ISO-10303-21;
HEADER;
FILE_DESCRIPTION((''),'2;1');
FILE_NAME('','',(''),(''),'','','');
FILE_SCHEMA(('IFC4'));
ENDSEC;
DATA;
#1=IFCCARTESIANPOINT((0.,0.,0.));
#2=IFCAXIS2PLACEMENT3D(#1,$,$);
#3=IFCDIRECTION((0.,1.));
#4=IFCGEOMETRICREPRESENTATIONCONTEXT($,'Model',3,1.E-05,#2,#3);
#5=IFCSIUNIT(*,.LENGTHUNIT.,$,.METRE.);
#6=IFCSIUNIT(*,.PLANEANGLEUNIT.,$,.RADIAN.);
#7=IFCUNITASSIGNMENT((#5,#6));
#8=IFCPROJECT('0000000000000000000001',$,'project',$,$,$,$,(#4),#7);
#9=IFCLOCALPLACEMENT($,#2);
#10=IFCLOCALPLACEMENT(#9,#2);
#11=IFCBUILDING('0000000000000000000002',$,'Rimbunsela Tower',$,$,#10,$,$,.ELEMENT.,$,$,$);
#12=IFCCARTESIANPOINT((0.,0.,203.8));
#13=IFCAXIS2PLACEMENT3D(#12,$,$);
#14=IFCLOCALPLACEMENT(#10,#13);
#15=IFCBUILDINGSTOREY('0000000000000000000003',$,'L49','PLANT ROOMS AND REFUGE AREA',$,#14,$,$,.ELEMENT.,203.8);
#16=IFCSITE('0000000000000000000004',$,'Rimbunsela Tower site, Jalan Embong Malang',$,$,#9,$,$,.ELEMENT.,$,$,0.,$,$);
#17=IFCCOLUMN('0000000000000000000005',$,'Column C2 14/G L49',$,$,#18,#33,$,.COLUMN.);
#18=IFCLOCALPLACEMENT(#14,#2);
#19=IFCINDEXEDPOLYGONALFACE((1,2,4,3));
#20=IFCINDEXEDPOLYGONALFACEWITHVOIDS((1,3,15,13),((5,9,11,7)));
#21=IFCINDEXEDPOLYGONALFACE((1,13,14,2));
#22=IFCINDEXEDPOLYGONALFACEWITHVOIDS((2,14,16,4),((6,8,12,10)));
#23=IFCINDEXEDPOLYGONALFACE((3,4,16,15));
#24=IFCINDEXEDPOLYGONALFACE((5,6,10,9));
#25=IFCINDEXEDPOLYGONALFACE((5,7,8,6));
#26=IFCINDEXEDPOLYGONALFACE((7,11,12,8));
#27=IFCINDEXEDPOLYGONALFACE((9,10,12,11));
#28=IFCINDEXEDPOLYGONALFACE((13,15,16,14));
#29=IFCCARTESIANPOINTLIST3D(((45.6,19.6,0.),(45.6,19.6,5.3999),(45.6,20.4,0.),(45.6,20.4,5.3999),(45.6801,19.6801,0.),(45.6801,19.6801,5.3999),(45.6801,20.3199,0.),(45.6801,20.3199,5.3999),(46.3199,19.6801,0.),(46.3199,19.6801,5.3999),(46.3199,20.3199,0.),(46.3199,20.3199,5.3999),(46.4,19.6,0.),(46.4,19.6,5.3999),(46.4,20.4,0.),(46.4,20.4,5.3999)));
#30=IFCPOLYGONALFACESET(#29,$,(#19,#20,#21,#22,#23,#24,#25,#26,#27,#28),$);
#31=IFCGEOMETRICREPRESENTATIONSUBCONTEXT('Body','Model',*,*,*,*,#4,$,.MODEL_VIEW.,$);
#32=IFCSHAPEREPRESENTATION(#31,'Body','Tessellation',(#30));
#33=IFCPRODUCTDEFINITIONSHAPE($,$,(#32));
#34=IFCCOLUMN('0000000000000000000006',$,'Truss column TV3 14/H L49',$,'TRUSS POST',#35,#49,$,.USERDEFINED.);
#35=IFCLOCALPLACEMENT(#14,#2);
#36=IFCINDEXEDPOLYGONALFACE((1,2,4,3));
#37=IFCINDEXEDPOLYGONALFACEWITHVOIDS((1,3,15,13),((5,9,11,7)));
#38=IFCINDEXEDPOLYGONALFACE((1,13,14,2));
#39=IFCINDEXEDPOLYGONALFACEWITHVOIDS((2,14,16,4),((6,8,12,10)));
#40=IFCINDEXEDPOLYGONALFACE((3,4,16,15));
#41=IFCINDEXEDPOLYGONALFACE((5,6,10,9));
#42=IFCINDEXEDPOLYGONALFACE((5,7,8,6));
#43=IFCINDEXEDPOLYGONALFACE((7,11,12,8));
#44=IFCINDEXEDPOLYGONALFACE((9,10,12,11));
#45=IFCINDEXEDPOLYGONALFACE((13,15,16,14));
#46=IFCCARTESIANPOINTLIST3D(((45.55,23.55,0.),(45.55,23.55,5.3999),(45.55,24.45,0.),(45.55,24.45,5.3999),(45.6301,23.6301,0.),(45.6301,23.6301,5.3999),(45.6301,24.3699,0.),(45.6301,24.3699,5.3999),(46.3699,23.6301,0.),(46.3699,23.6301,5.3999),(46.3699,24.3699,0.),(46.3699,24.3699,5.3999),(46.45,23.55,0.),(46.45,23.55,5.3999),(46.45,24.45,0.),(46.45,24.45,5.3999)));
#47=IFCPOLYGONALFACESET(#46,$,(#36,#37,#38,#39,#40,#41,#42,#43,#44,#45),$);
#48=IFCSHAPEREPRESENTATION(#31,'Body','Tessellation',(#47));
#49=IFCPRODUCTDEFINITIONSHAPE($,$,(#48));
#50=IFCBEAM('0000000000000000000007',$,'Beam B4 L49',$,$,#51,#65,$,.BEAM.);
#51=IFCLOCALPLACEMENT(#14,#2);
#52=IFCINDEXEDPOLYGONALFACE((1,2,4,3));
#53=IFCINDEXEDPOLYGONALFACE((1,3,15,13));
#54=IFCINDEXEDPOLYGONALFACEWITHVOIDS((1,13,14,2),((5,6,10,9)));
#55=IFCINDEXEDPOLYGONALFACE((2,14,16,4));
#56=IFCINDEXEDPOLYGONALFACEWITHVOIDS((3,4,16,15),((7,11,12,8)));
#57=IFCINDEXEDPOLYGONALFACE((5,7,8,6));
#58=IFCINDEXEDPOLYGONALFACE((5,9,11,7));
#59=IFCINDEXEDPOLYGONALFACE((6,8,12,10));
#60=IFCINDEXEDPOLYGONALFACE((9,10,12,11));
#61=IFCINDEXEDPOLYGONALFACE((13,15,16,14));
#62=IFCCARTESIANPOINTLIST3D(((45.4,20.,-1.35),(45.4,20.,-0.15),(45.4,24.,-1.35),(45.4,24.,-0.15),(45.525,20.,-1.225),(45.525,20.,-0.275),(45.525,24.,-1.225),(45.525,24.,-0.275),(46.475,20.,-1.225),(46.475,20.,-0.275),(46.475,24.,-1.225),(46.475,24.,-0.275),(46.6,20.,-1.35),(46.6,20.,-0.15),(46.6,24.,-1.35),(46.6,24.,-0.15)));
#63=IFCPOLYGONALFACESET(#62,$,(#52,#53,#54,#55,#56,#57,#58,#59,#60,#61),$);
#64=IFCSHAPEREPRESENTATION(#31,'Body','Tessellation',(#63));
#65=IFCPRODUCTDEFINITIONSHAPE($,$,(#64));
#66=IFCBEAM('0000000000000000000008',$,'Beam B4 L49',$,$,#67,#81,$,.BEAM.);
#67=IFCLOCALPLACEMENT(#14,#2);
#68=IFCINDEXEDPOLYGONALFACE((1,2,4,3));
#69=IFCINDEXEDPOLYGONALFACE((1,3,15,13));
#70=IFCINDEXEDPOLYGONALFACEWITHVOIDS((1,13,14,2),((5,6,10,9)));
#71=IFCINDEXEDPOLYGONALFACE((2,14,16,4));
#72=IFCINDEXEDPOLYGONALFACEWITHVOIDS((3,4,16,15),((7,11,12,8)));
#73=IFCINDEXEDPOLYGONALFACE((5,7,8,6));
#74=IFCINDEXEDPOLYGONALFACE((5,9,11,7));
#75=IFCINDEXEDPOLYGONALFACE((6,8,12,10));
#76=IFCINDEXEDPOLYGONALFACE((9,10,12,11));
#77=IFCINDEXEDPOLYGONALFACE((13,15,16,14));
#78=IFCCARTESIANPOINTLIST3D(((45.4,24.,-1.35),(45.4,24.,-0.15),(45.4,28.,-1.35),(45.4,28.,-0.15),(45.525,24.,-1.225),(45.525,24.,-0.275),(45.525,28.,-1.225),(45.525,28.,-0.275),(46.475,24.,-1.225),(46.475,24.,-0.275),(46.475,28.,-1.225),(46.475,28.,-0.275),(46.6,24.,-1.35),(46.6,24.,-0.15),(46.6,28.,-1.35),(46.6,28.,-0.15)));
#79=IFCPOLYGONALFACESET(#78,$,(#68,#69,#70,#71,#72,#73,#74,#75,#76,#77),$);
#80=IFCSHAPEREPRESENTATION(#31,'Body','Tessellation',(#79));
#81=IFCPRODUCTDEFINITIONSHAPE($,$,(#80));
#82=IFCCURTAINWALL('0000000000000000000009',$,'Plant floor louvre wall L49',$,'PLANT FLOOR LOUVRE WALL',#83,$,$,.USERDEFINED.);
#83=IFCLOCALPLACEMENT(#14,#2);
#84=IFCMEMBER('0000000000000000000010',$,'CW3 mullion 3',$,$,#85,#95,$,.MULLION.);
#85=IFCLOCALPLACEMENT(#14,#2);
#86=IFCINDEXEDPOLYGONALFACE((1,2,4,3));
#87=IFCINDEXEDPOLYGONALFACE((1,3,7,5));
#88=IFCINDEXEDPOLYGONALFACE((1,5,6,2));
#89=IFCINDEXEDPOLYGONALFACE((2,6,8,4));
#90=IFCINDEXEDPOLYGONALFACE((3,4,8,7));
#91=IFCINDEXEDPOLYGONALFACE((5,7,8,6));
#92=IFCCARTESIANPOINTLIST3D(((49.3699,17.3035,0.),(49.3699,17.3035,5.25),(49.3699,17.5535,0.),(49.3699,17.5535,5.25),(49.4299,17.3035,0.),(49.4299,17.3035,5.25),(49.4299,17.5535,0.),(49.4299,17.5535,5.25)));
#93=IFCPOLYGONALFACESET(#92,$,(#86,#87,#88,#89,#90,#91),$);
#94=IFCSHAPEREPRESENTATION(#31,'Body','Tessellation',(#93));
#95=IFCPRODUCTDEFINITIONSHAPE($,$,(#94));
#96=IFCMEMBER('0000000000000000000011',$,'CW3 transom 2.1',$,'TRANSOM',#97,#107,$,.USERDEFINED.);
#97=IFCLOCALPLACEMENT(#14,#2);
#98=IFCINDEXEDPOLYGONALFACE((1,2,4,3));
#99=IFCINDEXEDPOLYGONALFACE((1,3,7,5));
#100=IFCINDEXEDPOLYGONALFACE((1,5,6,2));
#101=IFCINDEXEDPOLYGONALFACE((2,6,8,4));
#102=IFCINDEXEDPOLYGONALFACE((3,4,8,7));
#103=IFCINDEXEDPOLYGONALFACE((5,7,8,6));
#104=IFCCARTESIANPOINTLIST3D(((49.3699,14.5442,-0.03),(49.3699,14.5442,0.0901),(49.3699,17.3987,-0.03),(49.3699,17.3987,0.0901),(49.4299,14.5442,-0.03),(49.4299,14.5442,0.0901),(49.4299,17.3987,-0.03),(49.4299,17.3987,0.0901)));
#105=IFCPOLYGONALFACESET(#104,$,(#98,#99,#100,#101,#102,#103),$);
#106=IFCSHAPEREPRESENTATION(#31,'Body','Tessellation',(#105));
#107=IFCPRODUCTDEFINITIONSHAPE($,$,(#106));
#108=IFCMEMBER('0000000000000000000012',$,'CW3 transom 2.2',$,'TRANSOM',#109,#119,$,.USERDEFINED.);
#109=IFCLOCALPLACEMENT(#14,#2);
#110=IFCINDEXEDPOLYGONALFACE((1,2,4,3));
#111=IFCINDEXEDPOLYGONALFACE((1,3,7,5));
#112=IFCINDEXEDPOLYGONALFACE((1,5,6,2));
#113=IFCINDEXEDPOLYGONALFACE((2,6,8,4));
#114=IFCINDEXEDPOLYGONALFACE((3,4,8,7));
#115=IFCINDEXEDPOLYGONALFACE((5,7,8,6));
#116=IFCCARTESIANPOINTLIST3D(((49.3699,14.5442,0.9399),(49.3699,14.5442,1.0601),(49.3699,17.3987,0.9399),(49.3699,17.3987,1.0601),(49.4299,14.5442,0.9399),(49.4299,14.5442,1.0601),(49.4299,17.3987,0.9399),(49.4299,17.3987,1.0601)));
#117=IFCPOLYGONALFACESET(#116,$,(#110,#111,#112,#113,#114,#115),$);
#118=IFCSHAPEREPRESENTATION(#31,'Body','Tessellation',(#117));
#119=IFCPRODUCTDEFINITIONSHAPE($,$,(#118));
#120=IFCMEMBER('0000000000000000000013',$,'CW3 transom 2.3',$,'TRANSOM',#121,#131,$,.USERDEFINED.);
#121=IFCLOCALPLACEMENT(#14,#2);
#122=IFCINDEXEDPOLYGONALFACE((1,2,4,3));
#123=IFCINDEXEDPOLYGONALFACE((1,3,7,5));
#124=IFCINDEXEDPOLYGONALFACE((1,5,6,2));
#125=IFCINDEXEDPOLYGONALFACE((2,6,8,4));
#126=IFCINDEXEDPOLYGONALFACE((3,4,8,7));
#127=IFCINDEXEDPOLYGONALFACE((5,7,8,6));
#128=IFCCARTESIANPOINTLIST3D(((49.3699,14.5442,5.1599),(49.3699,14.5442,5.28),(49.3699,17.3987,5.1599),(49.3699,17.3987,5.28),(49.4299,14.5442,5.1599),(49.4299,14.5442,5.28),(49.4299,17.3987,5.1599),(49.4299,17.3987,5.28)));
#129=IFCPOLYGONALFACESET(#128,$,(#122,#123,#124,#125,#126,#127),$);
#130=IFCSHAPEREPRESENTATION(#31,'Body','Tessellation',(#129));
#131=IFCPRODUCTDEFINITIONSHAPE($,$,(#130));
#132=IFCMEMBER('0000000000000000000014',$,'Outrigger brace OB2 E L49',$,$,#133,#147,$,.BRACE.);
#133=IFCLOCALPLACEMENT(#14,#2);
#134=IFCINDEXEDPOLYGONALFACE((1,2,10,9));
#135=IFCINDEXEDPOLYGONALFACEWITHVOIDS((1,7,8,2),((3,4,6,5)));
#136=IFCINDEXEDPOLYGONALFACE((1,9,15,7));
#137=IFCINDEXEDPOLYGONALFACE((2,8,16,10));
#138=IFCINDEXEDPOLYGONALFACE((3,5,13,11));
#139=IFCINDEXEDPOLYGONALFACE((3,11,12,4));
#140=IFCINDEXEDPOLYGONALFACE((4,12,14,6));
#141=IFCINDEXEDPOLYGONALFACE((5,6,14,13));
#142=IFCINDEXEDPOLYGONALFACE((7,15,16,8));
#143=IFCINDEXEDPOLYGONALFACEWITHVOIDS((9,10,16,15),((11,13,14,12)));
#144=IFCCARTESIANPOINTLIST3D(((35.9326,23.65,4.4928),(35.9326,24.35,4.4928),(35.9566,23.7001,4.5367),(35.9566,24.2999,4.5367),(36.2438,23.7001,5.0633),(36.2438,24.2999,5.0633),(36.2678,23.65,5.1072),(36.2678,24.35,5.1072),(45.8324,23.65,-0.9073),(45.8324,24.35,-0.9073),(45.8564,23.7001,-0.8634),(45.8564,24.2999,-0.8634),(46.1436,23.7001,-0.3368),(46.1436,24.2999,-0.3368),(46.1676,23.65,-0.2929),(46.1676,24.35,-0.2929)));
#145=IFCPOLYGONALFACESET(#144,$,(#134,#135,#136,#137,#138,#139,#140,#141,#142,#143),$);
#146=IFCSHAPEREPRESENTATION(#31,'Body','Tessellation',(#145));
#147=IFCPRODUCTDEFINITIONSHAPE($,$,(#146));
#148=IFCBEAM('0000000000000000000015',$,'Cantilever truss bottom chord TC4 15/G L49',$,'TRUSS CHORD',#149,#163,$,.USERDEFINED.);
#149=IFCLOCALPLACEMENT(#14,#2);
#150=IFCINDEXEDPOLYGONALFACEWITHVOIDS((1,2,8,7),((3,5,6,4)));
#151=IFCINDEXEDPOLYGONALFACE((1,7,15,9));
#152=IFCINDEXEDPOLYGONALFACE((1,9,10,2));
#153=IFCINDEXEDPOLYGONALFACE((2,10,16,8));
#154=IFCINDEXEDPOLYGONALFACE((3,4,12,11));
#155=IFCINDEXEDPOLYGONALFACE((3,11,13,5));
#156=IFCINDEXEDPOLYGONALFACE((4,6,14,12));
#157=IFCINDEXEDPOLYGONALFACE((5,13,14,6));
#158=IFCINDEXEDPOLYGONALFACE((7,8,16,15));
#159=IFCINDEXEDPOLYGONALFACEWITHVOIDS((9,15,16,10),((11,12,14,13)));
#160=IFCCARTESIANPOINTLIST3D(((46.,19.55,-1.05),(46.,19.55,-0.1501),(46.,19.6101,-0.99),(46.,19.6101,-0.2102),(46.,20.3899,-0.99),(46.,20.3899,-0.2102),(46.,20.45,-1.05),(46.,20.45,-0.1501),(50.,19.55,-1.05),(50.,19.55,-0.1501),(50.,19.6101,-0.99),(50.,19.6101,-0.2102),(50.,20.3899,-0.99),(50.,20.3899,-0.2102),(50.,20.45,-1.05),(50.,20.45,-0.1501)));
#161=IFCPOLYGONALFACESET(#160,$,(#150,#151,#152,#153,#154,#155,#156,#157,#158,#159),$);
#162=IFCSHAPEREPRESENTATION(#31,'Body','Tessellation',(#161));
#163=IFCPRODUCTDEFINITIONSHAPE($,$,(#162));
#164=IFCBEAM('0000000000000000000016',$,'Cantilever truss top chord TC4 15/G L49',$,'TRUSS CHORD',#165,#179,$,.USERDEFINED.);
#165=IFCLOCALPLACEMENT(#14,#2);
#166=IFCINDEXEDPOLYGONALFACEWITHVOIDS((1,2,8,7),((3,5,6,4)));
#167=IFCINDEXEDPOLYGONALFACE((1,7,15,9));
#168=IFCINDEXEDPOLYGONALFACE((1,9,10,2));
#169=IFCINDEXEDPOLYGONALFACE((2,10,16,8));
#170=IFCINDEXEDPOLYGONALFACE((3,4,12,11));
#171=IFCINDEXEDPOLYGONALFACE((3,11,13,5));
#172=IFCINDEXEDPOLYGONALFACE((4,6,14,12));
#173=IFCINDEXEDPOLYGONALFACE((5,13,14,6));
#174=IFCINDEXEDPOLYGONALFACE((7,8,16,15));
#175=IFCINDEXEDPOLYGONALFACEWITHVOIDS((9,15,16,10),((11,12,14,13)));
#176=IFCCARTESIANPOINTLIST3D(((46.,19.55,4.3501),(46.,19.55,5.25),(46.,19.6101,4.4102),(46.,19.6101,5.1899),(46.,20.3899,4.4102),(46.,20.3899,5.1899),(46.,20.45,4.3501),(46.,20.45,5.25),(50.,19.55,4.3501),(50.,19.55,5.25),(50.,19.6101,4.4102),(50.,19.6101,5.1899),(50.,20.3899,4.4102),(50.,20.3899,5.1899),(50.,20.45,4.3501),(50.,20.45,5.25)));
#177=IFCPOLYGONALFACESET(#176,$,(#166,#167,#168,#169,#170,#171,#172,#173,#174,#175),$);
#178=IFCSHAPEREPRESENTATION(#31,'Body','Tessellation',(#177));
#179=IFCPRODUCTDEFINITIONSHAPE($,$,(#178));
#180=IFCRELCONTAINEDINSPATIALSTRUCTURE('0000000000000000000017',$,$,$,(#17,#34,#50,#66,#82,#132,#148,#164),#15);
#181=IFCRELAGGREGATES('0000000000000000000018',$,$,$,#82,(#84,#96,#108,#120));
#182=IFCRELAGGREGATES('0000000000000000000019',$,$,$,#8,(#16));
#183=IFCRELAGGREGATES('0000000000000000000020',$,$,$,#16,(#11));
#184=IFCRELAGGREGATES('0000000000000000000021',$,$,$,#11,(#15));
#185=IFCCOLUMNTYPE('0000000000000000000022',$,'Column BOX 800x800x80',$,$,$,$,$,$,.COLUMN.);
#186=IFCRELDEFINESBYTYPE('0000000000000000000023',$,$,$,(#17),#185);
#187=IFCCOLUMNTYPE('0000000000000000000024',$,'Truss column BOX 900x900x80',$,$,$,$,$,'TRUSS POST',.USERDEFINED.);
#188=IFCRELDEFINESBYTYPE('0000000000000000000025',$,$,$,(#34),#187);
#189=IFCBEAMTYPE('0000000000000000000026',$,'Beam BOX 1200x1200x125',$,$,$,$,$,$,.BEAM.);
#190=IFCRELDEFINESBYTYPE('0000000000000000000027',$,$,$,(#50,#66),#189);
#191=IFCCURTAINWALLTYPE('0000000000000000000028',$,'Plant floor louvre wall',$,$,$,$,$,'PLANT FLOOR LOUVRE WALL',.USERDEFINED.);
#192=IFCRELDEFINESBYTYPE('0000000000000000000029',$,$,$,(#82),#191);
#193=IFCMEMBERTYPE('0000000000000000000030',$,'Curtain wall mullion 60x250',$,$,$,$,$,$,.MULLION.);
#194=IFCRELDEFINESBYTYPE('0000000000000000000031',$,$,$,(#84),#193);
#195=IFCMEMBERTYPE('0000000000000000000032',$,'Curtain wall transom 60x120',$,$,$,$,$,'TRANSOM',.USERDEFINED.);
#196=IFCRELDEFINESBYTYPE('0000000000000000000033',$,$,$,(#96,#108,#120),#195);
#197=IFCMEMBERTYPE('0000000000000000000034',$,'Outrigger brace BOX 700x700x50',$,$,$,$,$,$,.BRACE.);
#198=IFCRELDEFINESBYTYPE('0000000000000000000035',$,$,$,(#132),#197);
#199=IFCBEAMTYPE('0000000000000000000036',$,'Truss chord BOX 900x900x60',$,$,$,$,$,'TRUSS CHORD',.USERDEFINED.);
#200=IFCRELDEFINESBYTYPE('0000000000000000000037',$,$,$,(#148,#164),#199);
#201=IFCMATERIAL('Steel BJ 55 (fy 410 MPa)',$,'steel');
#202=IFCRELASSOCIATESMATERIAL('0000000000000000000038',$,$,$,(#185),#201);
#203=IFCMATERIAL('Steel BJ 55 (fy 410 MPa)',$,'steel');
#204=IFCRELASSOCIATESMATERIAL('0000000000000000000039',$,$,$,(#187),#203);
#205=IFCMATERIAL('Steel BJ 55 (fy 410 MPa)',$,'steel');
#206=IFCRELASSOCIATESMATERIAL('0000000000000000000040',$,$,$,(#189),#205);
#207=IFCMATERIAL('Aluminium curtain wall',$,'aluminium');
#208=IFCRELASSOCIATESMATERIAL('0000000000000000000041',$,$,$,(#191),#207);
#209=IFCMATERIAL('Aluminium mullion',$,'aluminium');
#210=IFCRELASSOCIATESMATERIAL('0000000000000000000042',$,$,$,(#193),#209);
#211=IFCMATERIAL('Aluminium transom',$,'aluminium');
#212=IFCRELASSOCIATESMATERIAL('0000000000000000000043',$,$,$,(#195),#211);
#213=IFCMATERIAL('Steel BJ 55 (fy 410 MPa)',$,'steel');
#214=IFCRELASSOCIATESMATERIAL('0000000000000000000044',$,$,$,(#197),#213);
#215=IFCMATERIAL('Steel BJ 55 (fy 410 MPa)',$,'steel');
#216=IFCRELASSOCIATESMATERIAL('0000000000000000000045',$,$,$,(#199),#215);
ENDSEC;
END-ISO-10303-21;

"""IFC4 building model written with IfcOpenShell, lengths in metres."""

from ifc_helpers import new_model, si_unit, direction, frame, origin, origin_2d, place, context, subcontext, project, spatial, rectangle, hollow_rectangle, extrude, material, material_profile, profile_set, type_object, element, aggregate, save


model = new_model("IFC4")

# Units and contexts
model_context = context("Model", 3, precision=1e-05, world=origin(), true_north=direction((0.0, 1.0)))
body_context = subcontext(model_context, "Body", "Model", "MODEL_VIEW")
ifc_project = project(units=[si_unit("LENGTHUNIT", "METRE"), si_unit("PLANEANGLEUNIT", "RADIAN")], contexts=[model_context])

# Site, building, storey
site_placement = place(None, origin())
site = spatial("IfcSite", under=ifc_project, at=site_placement, Name="Rimbunsela Tower site, Jalan Embong Malang", CompositionType="ELEMENT", RefElevation=0.0)
building_placement = place(site_placement, origin())
building = spatial("IfcBuilding", under=site, at=building_placement, Name="Rimbunsela Tower", CompositionType="ELEMENT")
storey_placement = place(building_placement, frame((0.0, 0.0, 203.8)))
storey = spatial("IfcBuildingStorey", under=building, at=storey_placement, Name="L49", Description="PLANT ROOMS AND REFUGE AREA", CompositionType="ELEMENT", Elevation=203.8)

# Columns
ifc_material_1 = material(Name="Steel BJ 55 (fy 410 MPa)", Category="steel")
ifc_material_profile_1 = material_profile(ifc_material_1, hollow_rectangle(XDim=0.8, YDim=0.8, WallThickness=0.0801, at=origin_2d()), Name="BOX 800x800x80")
ifc_profile_set_1 = profile_set([ifc_material_profile_1], Name="Steel BJ 55 (fy 410 MPa)")
column_type_1 = type_object("IfcColumnType", Name="Column BOX 800x800x80", PredefinedType="COLUMN", material=ifc_profile_set_1)
column_1_placement = place(storey_placement, frame((46.0, 20.0, 0.0), z_axis=(0.0, 0.0, 1.0), x_axis=(1.0, 0.0, 0.0)))
element("IfcColumn", 1, at=column_1_placement, inside=storey, type_object=column_type_1, Name="Column C2 14/G L49", PredefinedType="COLUMN", context=body_context, shape_type="SweptSolid", body=[
    extrude(hollow_rectangle(XDim=0.8, YDim=0.8, WallThickness=0.0801, at=origin_2d()), origin(), (0.0, 0.0, 1.0), 5.3999),
])
ifc_material_2 = material(Name="Steel BJ 55 (fy 410 MPa)", Category="steel")
ifc_material_profile_2 = material_profile(ifc_material_2, hollow_rectangle(XDim=0.8999, YDim=0.8999, WallThickness=0.0801, at=origin_2d()), Name="BOX 900x900x80")
ifc_profile_set_2 = profile_set([ifc_material_profile_2], Name="Steel BJ 55 (fy 410 MPa)")
column_type_2 = type_object("IfcColumnType", Name="Truss column BOX 900x900x80", ElementType="TRUSS POST", PredefinedType="USERDEFINED", material=ifc_profile_set_2)
column_2_placement = place(storey_placement, frame((46.0, 24.0, 0.0), z_axis=(0.0, 0.0, 1.0), x_axis=(1.0, 0.0, 0.0)))
element("IfcColumn", 2, at=column_2_placement, inside=storey, type_object=column_type_2, Name="Truss column TV3 14/H L49", ObjectType="TRUSS POST", PredefinedType="USERDEFINED", context=body_context, shape_type="SweptSolid", body=[
    extrude(hollow_rectangle(XDim=0.8999, YDim=0.8999, WallThickness=0.0801, at=origin_2d()), origin(), (0.0, 0.0, 1.0), 5.3999),
])

# Beams
ifc_material_3 = material(Name="Steel BJ 55 (fy 410 MPa)", Category="steel")
ifc_material_profile_3 = material_profile(ifc_material_3, hollow_rectangle(XDim=1.2, YDim=1.2, WallThickness=0.125, at=origin_2d()), Name="BOX 1200x1200x125")
ifc_profile_set_3 = profile_set([ifc_material_profile_3], Name="Steel BJ 55 (fy 410 MPa)")
beam_type_1 = type_object("IfcBeamType", Name="Beam BOX 1200x1200x125", PredefinedType="BEAM", material=ifc_profile_set_3)
for number, where, z_axis, x_axis, name in (
    (3, (46.0, 20.0, -0.75), (0.0, 1.0, 0.0), (-1.0, 0.0, 0.0), "Beam B4 L49"),
    (4, (46.0, 24.0, -0.75), (0.0, 1.0, 0.0), (-1.0, 0.0, 0.0), "Beam B4 L49"),
):
    element("IfcBeam", number, at=place(storey_placement, frame(where, z_axis=z_axis, x_axis=x_axis)), inside=storey, type_object=beam_type_1, Name=name, PredefinedType="BEAM", context=body_context, shape_type="SweptSolid", body=[
        extrude(hollow_rectangle(XDim=1.2, YDim=1.2, WallThickness=0.125, at=origin_2d()), origin(), (0.0, 0.0, 1.0), 4.0),
    ])

# Curtain wall, members
ifc_material_4 = material(Name="Aluminium curtain wall", Category="aluminium")
curtain_wall_type = type_object("IfcCurtainWallType", Name="Plant floor louvre wall", ElementType="PLANT FLOOR LOUVRE WALL", PredefinedType="USERDEFINED", material=ifc_material_4)
curtain_wall_placement = place(storey_placement, origin())
curtain_wall = element("IfcCurtainWall", 5, at=curtain_wall_placement, inside=storey, type_object=curtain_wall_type, Name="Plant floor louvre wall L49", ObjectType="PLANT FLOOR LOUVRE WALL", PredefinedType="USERDEFINED")
ifc_material_5 = material(Name="Aluminium mullion", Category="aluminium")
ifc_material_profile_4 = material_profile(ifc_material_5, rectangle(XDim=0.0601, YDim=0.25, at=origin_2d()), Name="Mullion 60x250")
ifc_profile_set_4 = profile_set([ifc_material_profile_4], Name="Aluminium mullion")
member_type_1 = type_object("IfcMemberType", Name="Curtain wall mullion 60x250", PredefinedType="MULLION", material=ifc_profile_set_4)
member_1_placement = place(storey_placement, frame((49.3999, 17.4285, 0.0), z_axis=(0.0, 0.0, 1.0), x_axis=(-1.0, 0.0, 0.0)))
member_1 = element("IfcMember", 6, at=member_1_placement, type_object=member_type_1, Name="CW3 mullion 3", PredefinedType="MULLION", context=body_context, shape_type="SweptSolid", body=[
    extrude(rectangle(XDim=0.0601, YDim=0.25, at=origin_2d()), origin(), (0.0, 0.0, 1.0), 5.25),
])
ifc_material_6 = material(Name="Aluminium transom", Category="aluminium")
ifc_material_profile_5 = material_profile(ifc_material_6, rectangle(XDim=0.0601, YDim=0.1201, at=origin_2d()), Name="Transom 60x120")
ifc_profile_set_5 = profile_set([ifc_material_profile_5], Name="Aluminium transom")
member_type_2 = type_object("IfcMemberType", Name="Curtain wall transom 60x120", ElementType="TRANSOM", PredefinedType="USERDEFINED", material=ifc_profile_set_5)
member_2_placement = place(storey_placement, frame((49.3999, 14.5442, 0.03), z_axis=(0.0, 1.0, 0.0), x_axis=(-1.0, 0.0, 0.0)))
member_2 = element("IfcMember", 7, at=member_2_placement, type_object=member_type_2, Name="CW3 transom 2.1", ObjectType="TRANSOM", PredefinedType="USERDEFINED", context=body_context, shape_type="SweptSolid", body=[
    extrude(rectangle(XDim=0.0601, YDim=0.1201, at=origin_2d()), origin(), (0.0, 0.0, 1.0), 2.8545),
])
member_3_placement = place(storey_placement, frame((49.3999, 14.5442, 1.0), z_axis=(0.0, 1.0, 0.0), x_axis=(-1.0, 0.0, 0.0)))
member_3 = element("IfcMember", 8, at=member_3_placement, type_object=member_type_2, Name="CW3 transom 2.2", ObjectType="TRANSOM", PredefinedType="USERDEFINED", context=body_context, shape_type="SweptSolid", body=[
    extrude(rectangle(XDim=0.0601, YDim=0.1201, at=origin_2d()), origin(), (0.0, 0.0, 1.0), 2.8545),
])
member_4_placement = place(storey_placement, frame((49.3999, 14.5442, 5.22), z_axis=(0.0, 1.0, 0.0), x_axis=(-1.0, 0.0, 0.0)))
member_4 = element("IfcMember", 9, at=member_4_placement, type_object=member_type_2, Name="CW3 transom 2.3", ObjectType="TRANSOM", PredefinedType="USERDEFINED", context=body_context, shape_type="SweptSolid", body=[
    extrude(rectangle(XDim=0.0601, YDim=0.1201, at=origin_2d()), origin(), (0.0, 0.0, 1.0), 2.8545),
])

# Member
ifc_material_7 = material(Name="Steel BJ 55 (fy 410 MPa)", Category="steel")
ifc_material_profile_6 = material_profile(ifc_material_7, hollow_rectangle(XDim=0.7, YDim=0.7, WallThickness=0.05, at=origin_2d()), Name="BOX 700x700x50")
ifc_profile_set_6 = profile_set([ifc_material_profile_6], Name="Steel BJ 55 (fy 410 MPa)")
member_type_3 = type_object("IfcMemberType", Name="Outrigger brace BOX 700x700x50", PredefinedType="BRACE", material=ifc_profile_set_6)
member_5_placement = place(storey_placement, frame((46.0, 24.0, -0.6001), z_axis=(-0.877888, 0.0, 0.478866), x_axis=(0.0, -1.0, 0.0)))
element("IfcMember", 10, at=member_5_placement, inside=storey, type_object=member_type_3, Name="Outrigger brace OB2 E L49", PredefinedType="BRACE", context=body_context, shape_type="SweptSolid", body=[
    extrude(hollow_rectangle(XDim=0.7, YDim=0.7, WallThickness=0.05, at=origin_2d()), origin(), (0.0, 0.0, 1.0), 11.2769),
])

# Beams
ifc_material_8 = material(Name="Steel BJ 55 (fy 410 MPa)", Category="steel")
ifc_material_profile_7 = material_profile(ifc_material_8, hollow_rectangle(XDim=0.8999, YDim=0.8999, WallThickness=0.0601, at=origin_2d()), Name="BOX 900x900x60")
ifc_profile_set_7 = profile_set([ifc_material_profile_7], Name="Steel BJ 55 (fy 410 MPa)")
beam_type_2 = type_object("IfcBeamType", Name="Truss chord BOX 900x900x60", ElementType="TRUSS CHORD", PredefinedType="USERDEFINED", material=ifc_profile_set_7)
for number, where, z_axis, x_axis, name in (
    (11, (46.0, 20.0, -0.6001), (1.0, 0.0, 0.0), (0.0, 1.0, 0.0), "Cantilever truss bottom chord TC4 15/G L49"),
    (12, (46.0, 20.0, 4.8), (1.0, 0.0, 0.0), (0.0, 1.0, 0.0), "Cantilever truss top chord TC4 15/G L49"),
):
    element("IfcBeam", number, at=place(storey_placement, frame(where, z_axis=z_axis, x_axis=x_axis)), inside=storey, type_object=beam_type_2, Name=name, ObjectType="TRUSS CHORD", PredefinedType="USERDEFINED", context=body_context, shape_type="SweptSolid", body=[
        extrude(hollow_rectangle(XDim=0.8999, YDim=0.8999, WallThickness=0.0601, at=origin_2d()), origin(), (0.0, 0.0, 1.0), 4.0),
    ])

aggregate(curtain_wall, [member_1, member_2, member_3, member_4])

save(model, "model.ifc")
